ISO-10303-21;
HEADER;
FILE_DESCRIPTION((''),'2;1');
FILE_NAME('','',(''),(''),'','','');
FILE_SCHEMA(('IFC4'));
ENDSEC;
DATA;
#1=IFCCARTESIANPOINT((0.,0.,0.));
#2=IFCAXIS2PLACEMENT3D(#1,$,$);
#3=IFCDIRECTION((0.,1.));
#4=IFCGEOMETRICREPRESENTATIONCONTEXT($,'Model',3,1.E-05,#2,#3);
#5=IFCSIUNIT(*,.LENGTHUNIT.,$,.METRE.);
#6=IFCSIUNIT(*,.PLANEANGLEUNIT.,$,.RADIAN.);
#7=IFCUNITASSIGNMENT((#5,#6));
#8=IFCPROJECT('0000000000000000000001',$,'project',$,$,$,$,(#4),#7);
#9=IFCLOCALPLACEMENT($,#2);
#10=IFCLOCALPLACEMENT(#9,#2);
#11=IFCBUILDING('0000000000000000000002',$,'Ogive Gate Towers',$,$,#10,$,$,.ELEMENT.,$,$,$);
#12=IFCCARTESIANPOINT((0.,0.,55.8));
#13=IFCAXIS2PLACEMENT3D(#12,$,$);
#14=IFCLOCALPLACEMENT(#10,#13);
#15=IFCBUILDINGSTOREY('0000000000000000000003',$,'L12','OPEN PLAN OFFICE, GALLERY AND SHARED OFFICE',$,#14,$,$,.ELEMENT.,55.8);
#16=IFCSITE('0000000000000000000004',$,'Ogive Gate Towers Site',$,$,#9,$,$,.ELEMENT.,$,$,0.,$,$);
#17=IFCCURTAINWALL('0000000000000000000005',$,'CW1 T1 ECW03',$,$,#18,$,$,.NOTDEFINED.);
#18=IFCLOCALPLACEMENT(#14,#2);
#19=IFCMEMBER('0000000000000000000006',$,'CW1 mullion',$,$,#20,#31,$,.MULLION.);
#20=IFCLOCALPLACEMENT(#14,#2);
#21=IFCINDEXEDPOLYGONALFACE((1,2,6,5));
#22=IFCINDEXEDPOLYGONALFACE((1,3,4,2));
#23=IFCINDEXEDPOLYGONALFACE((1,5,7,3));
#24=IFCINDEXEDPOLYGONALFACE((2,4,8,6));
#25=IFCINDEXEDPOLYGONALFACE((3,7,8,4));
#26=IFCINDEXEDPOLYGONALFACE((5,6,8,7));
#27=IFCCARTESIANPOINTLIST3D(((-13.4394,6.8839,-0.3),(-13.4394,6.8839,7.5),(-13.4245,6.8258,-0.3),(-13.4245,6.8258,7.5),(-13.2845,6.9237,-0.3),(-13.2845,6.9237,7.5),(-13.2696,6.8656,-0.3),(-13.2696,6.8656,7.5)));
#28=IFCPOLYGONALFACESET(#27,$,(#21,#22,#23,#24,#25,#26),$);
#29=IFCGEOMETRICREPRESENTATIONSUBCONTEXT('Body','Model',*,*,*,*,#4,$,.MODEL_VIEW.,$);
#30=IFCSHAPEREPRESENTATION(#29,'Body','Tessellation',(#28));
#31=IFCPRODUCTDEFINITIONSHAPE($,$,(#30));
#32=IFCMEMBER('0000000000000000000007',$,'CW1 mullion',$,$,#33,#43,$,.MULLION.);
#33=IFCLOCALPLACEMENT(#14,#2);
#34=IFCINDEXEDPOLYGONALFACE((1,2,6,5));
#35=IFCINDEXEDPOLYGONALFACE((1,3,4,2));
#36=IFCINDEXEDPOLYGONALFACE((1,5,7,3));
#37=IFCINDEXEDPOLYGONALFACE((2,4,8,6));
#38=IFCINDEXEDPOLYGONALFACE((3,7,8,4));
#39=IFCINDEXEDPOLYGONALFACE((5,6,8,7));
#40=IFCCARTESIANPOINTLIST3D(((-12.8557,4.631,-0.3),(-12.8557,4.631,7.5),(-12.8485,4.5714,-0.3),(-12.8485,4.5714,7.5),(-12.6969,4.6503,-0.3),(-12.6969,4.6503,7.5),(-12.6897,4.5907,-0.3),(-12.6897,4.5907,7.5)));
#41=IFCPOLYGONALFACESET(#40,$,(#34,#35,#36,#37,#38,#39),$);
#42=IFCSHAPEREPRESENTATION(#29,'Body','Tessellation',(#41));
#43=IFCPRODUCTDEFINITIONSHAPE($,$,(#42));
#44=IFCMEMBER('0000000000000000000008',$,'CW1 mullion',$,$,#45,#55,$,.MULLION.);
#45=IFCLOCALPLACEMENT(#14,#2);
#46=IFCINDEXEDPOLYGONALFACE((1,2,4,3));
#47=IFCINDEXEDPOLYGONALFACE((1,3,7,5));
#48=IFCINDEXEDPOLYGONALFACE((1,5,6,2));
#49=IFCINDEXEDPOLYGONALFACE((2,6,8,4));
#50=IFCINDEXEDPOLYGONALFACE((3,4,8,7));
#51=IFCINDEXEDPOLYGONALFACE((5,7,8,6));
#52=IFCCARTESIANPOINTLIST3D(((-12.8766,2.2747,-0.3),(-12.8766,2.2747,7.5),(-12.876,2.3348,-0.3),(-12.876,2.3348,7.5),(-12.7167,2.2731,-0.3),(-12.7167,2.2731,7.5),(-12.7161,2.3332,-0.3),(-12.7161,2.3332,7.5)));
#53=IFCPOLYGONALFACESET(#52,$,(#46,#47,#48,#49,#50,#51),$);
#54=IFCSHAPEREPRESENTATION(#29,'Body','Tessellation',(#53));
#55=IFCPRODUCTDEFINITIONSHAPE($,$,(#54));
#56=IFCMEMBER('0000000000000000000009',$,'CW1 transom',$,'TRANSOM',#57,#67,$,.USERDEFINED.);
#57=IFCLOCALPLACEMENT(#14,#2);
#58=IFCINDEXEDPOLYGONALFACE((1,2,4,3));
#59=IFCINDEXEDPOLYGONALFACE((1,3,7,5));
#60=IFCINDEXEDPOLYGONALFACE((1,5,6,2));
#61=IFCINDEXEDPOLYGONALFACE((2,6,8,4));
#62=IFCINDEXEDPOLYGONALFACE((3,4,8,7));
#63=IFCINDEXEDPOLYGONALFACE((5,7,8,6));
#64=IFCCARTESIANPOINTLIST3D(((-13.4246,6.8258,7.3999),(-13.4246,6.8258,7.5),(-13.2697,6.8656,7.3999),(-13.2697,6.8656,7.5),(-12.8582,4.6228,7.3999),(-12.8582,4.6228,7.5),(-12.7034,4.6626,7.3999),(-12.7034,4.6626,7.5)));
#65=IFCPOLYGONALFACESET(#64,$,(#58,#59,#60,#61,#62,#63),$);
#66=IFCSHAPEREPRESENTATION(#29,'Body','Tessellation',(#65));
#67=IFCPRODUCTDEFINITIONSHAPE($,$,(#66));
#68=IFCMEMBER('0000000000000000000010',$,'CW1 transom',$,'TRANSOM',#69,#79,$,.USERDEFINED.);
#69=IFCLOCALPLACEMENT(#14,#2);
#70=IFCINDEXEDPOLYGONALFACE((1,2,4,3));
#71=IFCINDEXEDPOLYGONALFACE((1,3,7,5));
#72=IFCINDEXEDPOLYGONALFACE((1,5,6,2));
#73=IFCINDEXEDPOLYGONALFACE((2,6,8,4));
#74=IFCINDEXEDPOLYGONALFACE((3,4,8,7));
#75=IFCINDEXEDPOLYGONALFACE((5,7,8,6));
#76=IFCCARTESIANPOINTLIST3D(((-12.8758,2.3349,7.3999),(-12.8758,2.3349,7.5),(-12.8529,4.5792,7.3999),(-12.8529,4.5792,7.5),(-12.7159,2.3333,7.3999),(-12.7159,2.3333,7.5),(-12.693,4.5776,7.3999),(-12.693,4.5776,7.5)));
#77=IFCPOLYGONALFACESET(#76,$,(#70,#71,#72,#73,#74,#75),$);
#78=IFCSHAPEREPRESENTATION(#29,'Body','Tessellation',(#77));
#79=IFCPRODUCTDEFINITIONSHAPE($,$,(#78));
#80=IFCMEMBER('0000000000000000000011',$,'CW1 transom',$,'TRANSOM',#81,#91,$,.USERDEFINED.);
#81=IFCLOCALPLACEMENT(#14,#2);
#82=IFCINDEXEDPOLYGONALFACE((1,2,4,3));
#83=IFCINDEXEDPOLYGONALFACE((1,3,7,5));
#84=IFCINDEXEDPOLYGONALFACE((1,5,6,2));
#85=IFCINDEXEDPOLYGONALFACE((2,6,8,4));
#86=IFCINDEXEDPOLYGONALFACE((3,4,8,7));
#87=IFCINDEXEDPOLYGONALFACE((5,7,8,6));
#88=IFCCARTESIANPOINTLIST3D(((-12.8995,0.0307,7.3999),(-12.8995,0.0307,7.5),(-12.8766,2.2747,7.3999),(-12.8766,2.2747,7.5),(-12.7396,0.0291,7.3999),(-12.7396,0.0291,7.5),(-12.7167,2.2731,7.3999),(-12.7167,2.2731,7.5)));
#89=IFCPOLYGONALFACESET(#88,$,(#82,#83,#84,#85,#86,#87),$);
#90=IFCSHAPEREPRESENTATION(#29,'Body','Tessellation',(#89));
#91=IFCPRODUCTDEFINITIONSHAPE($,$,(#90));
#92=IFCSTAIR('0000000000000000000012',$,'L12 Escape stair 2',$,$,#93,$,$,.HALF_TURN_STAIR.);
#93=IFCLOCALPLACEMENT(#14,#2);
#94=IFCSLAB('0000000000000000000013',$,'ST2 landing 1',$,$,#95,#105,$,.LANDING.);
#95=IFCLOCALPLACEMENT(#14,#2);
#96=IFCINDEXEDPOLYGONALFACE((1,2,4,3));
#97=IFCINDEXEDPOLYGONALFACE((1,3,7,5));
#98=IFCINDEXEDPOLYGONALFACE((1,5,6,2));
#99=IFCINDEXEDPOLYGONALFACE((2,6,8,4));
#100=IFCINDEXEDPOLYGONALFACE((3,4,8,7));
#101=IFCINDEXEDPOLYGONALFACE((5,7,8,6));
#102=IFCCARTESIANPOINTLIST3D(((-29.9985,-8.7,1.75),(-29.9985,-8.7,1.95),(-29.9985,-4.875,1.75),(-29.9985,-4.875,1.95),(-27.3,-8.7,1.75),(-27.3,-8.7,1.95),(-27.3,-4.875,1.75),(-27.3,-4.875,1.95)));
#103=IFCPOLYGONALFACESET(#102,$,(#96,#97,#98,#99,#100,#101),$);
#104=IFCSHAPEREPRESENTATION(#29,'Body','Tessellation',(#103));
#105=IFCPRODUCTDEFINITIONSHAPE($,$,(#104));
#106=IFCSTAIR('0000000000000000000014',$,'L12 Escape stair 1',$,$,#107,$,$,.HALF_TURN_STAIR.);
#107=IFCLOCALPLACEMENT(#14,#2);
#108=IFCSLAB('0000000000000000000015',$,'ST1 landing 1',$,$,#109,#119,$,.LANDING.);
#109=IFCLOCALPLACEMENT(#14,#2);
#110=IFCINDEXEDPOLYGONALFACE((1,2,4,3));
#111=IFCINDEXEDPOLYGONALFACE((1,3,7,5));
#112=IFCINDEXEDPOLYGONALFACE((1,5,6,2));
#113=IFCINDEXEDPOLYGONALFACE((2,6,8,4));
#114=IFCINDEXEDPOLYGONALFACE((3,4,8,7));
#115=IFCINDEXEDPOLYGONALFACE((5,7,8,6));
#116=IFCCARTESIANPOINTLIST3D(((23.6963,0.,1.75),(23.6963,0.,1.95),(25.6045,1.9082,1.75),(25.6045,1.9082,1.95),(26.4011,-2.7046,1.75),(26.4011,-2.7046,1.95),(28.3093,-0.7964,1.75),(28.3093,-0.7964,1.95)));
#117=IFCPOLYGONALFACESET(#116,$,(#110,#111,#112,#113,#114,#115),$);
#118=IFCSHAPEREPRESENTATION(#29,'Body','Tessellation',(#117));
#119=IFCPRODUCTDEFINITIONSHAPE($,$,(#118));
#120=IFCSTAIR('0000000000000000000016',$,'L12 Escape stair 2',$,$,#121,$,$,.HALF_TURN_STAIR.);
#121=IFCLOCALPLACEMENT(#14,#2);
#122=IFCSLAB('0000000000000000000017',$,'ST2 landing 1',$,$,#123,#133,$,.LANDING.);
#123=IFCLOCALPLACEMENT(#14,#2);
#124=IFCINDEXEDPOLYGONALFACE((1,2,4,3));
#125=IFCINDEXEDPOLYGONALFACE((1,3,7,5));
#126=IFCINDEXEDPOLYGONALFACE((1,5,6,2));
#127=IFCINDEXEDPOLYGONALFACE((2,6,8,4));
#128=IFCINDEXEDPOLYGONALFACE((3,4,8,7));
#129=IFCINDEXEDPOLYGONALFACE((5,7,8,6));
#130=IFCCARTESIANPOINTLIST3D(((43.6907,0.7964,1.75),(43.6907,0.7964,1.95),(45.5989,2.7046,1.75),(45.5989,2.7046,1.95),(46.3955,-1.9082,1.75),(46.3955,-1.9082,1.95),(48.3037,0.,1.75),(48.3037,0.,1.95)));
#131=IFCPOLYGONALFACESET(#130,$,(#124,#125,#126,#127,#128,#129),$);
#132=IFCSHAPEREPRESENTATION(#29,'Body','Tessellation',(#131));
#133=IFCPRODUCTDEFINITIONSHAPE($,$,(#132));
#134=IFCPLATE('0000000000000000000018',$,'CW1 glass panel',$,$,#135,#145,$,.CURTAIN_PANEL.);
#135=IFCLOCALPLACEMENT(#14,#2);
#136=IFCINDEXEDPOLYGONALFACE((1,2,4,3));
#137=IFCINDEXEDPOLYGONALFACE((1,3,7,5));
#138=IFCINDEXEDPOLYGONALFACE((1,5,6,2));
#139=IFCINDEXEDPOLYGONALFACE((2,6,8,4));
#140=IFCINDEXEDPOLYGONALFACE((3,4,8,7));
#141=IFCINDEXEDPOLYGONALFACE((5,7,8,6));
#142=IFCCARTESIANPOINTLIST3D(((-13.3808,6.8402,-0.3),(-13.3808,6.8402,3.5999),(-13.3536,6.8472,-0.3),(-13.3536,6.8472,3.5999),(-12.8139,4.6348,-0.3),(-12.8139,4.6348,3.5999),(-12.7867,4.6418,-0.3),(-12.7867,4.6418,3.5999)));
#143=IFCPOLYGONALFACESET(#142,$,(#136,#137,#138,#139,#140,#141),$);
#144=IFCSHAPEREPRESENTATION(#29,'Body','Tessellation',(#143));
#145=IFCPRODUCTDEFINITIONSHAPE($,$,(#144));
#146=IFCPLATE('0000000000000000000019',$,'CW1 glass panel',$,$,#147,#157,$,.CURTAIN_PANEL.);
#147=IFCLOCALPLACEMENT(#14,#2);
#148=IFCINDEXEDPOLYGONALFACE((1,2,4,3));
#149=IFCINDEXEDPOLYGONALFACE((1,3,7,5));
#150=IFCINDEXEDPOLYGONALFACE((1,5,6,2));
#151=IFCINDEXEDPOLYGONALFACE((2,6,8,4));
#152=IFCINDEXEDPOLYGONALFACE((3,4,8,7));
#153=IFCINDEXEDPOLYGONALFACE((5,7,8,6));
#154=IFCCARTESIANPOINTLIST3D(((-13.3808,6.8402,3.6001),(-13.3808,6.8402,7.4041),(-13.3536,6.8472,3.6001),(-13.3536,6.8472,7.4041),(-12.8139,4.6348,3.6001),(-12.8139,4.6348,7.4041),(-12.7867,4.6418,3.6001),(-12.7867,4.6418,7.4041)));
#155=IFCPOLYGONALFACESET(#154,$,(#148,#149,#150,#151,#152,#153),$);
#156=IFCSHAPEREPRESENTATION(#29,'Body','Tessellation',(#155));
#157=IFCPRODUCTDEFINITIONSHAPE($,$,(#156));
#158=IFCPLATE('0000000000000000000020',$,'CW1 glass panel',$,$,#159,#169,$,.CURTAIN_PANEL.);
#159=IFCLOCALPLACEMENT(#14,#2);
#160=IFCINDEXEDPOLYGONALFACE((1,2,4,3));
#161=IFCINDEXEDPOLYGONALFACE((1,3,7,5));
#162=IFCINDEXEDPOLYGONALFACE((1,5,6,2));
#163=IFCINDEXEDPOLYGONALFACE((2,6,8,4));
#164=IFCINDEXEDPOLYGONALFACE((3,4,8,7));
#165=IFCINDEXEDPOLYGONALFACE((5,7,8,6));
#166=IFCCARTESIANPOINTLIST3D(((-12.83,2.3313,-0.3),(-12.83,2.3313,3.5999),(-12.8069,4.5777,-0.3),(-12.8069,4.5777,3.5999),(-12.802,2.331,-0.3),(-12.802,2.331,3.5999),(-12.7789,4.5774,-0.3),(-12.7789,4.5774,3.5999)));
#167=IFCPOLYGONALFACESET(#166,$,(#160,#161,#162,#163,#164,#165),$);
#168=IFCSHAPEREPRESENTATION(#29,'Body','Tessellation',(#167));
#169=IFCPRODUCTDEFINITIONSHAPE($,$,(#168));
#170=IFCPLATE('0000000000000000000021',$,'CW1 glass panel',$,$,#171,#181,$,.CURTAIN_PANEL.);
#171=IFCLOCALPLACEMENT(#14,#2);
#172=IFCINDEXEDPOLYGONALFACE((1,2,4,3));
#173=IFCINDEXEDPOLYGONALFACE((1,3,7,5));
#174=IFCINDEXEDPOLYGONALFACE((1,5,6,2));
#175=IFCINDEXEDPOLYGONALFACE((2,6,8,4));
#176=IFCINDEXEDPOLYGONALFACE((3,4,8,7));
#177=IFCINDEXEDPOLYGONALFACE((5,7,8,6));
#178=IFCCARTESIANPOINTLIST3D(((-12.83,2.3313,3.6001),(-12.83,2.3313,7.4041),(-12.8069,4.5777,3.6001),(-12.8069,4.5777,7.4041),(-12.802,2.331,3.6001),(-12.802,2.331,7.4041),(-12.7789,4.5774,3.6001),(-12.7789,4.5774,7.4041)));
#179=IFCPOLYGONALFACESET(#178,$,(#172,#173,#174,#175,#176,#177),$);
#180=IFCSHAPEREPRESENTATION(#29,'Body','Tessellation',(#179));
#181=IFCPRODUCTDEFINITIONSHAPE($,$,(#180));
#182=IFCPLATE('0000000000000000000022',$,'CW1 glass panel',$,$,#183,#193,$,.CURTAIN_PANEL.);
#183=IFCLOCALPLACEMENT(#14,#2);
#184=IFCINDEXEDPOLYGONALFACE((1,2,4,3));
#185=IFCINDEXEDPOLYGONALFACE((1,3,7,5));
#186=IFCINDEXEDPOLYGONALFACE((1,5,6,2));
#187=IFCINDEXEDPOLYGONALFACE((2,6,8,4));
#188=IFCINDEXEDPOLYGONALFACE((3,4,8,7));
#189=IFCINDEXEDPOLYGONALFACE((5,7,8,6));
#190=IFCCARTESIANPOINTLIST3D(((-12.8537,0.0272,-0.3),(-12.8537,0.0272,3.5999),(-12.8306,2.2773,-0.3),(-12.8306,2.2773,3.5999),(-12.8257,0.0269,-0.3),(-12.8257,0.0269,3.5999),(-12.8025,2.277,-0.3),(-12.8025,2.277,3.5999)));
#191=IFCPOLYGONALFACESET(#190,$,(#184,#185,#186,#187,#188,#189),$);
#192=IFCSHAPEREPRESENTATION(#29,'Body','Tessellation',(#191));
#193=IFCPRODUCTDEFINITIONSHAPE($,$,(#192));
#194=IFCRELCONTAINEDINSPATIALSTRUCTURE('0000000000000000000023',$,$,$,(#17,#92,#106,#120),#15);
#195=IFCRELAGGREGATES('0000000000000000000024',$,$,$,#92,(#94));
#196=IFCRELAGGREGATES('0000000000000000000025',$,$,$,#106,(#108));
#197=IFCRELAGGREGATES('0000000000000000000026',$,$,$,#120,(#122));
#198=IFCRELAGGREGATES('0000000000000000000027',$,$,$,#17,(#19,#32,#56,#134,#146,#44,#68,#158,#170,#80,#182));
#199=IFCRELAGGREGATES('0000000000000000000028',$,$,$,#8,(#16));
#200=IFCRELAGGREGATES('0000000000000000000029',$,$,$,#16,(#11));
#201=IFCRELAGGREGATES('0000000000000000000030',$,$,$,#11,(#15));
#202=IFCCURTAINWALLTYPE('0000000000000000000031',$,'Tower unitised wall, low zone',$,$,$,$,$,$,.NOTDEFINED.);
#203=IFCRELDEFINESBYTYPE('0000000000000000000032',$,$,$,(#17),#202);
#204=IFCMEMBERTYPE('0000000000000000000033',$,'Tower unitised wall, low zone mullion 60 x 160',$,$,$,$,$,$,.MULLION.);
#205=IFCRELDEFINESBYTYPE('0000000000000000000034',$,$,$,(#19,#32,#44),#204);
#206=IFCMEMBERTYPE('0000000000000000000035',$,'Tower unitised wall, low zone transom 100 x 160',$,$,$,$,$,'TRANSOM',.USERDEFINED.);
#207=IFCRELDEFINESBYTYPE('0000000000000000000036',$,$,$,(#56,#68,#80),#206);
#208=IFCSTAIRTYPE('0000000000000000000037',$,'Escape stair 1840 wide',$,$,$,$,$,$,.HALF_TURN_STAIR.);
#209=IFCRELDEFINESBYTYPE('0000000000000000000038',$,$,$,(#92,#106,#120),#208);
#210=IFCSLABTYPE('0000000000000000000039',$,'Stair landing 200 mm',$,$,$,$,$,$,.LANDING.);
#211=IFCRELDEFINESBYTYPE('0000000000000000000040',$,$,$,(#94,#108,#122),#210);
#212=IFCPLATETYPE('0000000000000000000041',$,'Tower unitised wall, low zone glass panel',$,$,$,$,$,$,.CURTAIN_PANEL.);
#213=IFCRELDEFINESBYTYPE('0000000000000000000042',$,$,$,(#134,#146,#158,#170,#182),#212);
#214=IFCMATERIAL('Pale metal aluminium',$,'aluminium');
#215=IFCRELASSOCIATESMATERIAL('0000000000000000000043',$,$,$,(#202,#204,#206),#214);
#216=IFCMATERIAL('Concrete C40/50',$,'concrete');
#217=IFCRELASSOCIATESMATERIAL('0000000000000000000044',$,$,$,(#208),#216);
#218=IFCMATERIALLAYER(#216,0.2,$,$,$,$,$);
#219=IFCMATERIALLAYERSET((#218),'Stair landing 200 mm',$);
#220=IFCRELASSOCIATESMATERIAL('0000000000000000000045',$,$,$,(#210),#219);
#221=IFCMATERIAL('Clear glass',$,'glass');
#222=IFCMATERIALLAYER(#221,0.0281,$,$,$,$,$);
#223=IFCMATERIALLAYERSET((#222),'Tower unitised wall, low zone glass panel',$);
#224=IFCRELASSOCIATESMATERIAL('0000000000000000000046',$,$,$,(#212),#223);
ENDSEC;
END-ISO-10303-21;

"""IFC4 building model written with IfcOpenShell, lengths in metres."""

from ifc_helpers import new_model, si_unit, direction, frame, origin, origin_2d, place, context, subcontext, project, spatial, polyline, rectangle, outline, extrude, material, layer, layer_set, material_profile, profile_set, type_object, element, aggregate, save


model = new_model("IFC4")

# Units and contexts
model_context = context("Model", 3, precision=1e-05, world=origin(), true_north=direction((0.0, 1.0)))
body_context = subcontext(model_context, "Body", "Model", "MODEL_VIEW")
ifc_project = project(units=[si_unit("LENGTHUNIT", "METRE"), si_unit("PLANEANGLEUNIT", "RADIAN")], contexts=[model_context])

# Site, building, storey
site_placement = place(None, origin())
site = spatial("IfcSite", under=ifc_project, at=site_placement, Name="Ogive Gate Towers Site", CompositionType="ELEMENT", RefElevation=0.0)
building_placement = place(site_placement, origin())
building = spatial("IfcBuilding", under=site, at=building_placement, Name="Ogive Gate Towers", CompositionType="ELEMENT")
storey_placement = place(building_placement, frame((0.0, 0.0, 55.8)))
storey = spatial("IfcBuildingStorey", under=building, at=storey_placement, Name="L12", Description="OPEN PLAN OFFICE, GALLERY AND SHARED OFFICE", CompositionType="ELEMENT", Elevation=55.8)

# Curtain wall, members
ifc_material_1 = material(Name="Pale metal aluminium", Category="aluminium")
curtain_wall_type = type_object("IfcCurtainWallType", Name="Tower unitised wall, low zone", PredefinedType="NOTDEFINED", material=ifc_material_1)
curtain_wall_placement = place(storey_placement, origin())
curtain_wall = element("IfcCurtainWall", 1, at=curtain_wall_placement, inside=storey, type_object=curtain_wall_type, Name="CW1 T1 ECW03", PredefinedType="NOTDEFINED")
ifc_material_profile_1 = material_profile(ifc_material_1, rectangle(XDim=0.1599, YDim=0.0601, at=origin_2d()), Name="60 x 160 aluminium box")
ifc_profile_set_1 = profile_set([ifc_material_profile_1], Name="Pale metal aluminium")
member_type_1 = type_object("IfcMemberType", Name="Tower unitised wall, low zone mullion 60 x 160", PredefinedType="MULLION", material=ifc_profile_set_1)
member_1_placement = place(storey_placement, frame((-13.3545, 6.8748, -0.3), z_axis=(0.0, 0.0, 1.0), x_axis=(-0.968509, -0.248977, 0.0)))
member_1 = element("IfcMember", 2, at=member_1_placement, type_object=member_type_1, Name="CW1 mullion", PredefinedType="MULLION", context=body_context, shape_type="SweptSolid", body=[
    extrude(rectangle(XDim=0.1599, YDim=0.0601, at=origin_2d()), origin(), (0.0, 0.0, 1.0), 7.8),
])
member_2_placement = place(storey_placement, frame((-12.7727, 4.6108, -0.3), z_axis=(0.0, 0.0, 1.0), x_axis=(-0.992728, -0.120379, 0.0)))
member_2 = element("IfcMember", 3, at=member_2_placement, type_object=member_type_1, Name="CW1 mullion", PredefinedType="MULLION", context=body_context, shape_type="SweptSolid", body=[
    extrude(rectangle(XDim=0.1599, YDim=0.0601, at=origin_2d()), origin(), (0.0, 0.0, 1.0), 7.8),
])
member_3_placement = place(storey_placement, frame((-12.7964, 2.304, -0.3), z_axis=(0.0, 0.0, 1.0), x_axis=(-0.999947, 0.01028, 0.0)))
member_3 = element("IfcMember", 4, at=member_3_placement, type_object=member_type_1, Name="CW1 mullion", PredefinedType="MULLION", context=body_context, shape_type="SweptSolid", body=[
    extrude(rectangle(XDim=0.1599, YDim=0.0601, at=origin_2d()), origin(), (0.0, 0.0, 1.0), 7.8),
])
ifc_material_profile_2 = material_profile(ifc_material_1, rectangle(XDim=0.1599, YDim=0.1001, at=origin_2d()), Name="100 x 160 aluminium box")
ifc_profile_set_2 = profile_set([ifc_material_profile_2], Name="Pale metal aluminium")
member_type_2 = type_object("IfcMemberType", Name="Tower unitised wall, low zone transom 100 x 160", ElementType="TRANSOM", PredefinedType="USERDEFINED", material=ifc_profile_set_2)
member_4_placement = place(storey_placement, frame((-13.3472, 6.8457, 7.45), z_axis=(0.248995, -0.968505, 0.0), x_axis=(0.968505, 0.248995, 0.0)))
member_4 = element("IfcMember", 5, at=member_4_placement, type_object=member_type_2, Name="CW1 transom", ObjectType="TRANSOM", PredefinedType="USERDEFINED", context=body_context, shape_type="SweptSolid", body=[
    extrude(rectangle(XDim=0.1599, YDim=0.1001, at=origin_2d()), origin(), (0.0, 0.0, 1.0), 2.2747),
])
member_5_placement = place(storey_placement, frame((-12.7729, 4.5784, 7.45), z_axis=(-0.010225, -0.999948, 0.0), x_axis=(0.999948, -0.010225, 0.0)))
member_5 = element("IfcMember", 6, at=member_5_placement, type_object=member_type_2, Name="CW1 transom", ObjectType="TRANSOM", PredefinedType="USERDEFINED", context=body_context, shape_type="SweptSolid", body=[
    extrude(rectangle(XDim=0.1599, YDim=0.1001, at=origin_2d()), origin(), (0.0, 0.0, 1.0), 2.2444),
])
member_6_placement = place(storey_placement, frame((-12.7966, 2.2739, 7.45), z_axis=(-0.010226, -0.999948, 0.0), x_axis=(0.999948, -0.010226, 0.0)))
member_6 = element("IfcMember", 7, at=member_6_placement, type_object=member_type_2, Name="CW1 transom", ObjectType="TRANSOM", PredefinedType="USERDEFINED", context=body_context, shape_type="SweptSolid", body=[
    extrude(rectangle(XDim=0.1599, YDim=0.1001, at=origin_2d()), origin(), (0.0, 0.0, 1.0), 2.2441),
])

# Stairs, slabs
ifc_material_2 = material(Name="Concrete C40/50", Category="concrete")
stair_type = type_object("IfcStairType", Name="Escape stair 1840 wide", PredefinedType="HALF_TURN_STAIR", material=ifc_material_2)
stair_1_placement = place(storey_placement, origin())
stair_1 = element("IfcStair", 8, at=stair_1_placement, inside=storey, type_object=stair_type, Name="L12 Escape stair 2", PredefinedType="HALF_TURN_STAIR")
ifc_layer_1 = layer(ifc_material_2, 0.2)
ifc_layer_set_1 = layer_set([ifc_layer_1], Name="Stair landing 200 mm")
slab_type = type_object("IfcSlabType", Name="Stair landing 200 mm", PredefinedType="LANDING", material=ifc_layer_set_1)
slab_1_placement = place(storey_placement, frame((0.0, 0.0, 1.75)))
slab_1 = element("IfcSlab", 9, at=slab_1_placement, type_object=slab_type, Name="ST2 landing 1", PredefinedType="LANDING", context=body_context, shape_type="SweptSolid", body=[
    extrude(outline(polyline([(-29.9985, -8.7), (-27.3, -8.7), (-27.3, -4.875), (-29.9985, -4.875), (-29.9985, -8.7)])), origin(), (0.0, 0.0, 1.0), 0.2),
])
aggregate(stair_1, [slab_1])
stair_2_placement = place(storey_placement, origin())
stair_2 = element("IfcStair", 10, at=stair_2_placement, inside=storey, type_object=stair_type, Name="L12 Escape stair 1", PredefinedType="HALF_TURN_STAIR")
slab_2_placement = place(storey_placement, frame((0.0, 0.0, 1.75)))
slab_2 = element("IfcSlab", 11, at=slab_2_placement, type_object=slab_type, Name="ST1 landing 1", PredefinedType="LANDING", context=body_context, shape_type="SweptSolid", body=[
    extrude(outline(polyline([(25.6045, 1.9082), (23.6963, 0.0), (26.4011, -2.7046), (28.3093, -0.7964), (25.6045, 1.9082)])), origin(), (0.0, 0.0, 1.0), 0.2),
])
aggregate(stair_2, [slab_2])
stair_3_placement = place(storey_placement, origin())
stair_3 = element("IfcStair", 12, at=stair_3_placement, inside=storey, type_object=stair_type, Name="L12 Escape stair 2", PredefinedType="HALF_TURN_STAIR")
slab_3_placement = place(storey_placement, frame((0.0, 0.0, 1.75)))
slab_3 = element("IfcSlab", 13, at=slab_3_placement, type_object=slab_type, Name="ST2 landing 1", PredefinedType="LANDING", context=body_context, shape_type="SweptSolid", body=[
    extrude(outline(polyline([(46.3955, -1.9082), (48.3037, 0.0), (45.5989, 2.7046), (43.6907, 0.7964), (46.3955, -1.9082)])), origin(), (0.0, 0.0, 1.0), 0.2),
])
aggregate(stair_3, [slab_3])

# Plates
ifc_material_3 = material(Name="Clear glass", Category="glass")
ifc_layer_2 = layer(ifc_material_3, 0.0281)
ifc_layer_set_2 = layer_set([ifc_layer_2], Name="Tower unitised wall, low zone glass panel")
plate_type = type_object("IfcPlateType", Name="Tower unitised wall, low zone glass panel", PredefinedType="CURTAIN_PANEL", material=ifc_layer_set_2)
plate_1_placement = place(storey_placement, frame((-13.0837, 5.741, -0.3), z_axis=(0.0, 0.0, 1.0), x_axis=(0.248977, -0.968509, 0.0)))
plate_1 = element("IfcPlate", 14, at=plate_1_placement, type_object=plate_type, Name="CW1 glass panel", PredefinedType="CURTAIN_PANEL", context=body_context, shape_type="SweptSolid", body=[
    extrude(rectangle(XDim=2.2771, YDim=0.0281, at=origin_2d()), origin(), (0.0, 0.0, 1.0), 3.8999),
])
plate_2_placement = place(storey_placement, frame((-13.0837, 5.741, 3.6001), z_axis=(0.0, 0.0, 1.0), x_axis=(0.248977, -0.968509, 0.0)))
plate_2 = element("IfcPlate", 15, at=plate_2_placement, type_object=plate_type, Name="CW1 glass panel", PredefinedType="CURTAIN_PANEL", context=body_context, shape_type="SweptSolid", body=[
    extrude(rectangle(XDim=2.2771, YDim=0.0281, at=origin_2d()), origin(), (0.0, 0.0, 1.0), 3.804),
])
plate_3_placement = place(storey_placement, frame((-12.8044, 3.4543, -0.3), z_axis=(0.0, 0.0, 1.0), x_axis=(-0.01028, -0.999947, 0.0)))
plate_3 = element("IfcPlate", 16, at=plate_3_placement, type_object=plate_type, Name="CW1 glass panel", PredefinedType="CURTAIN_PANEL", context=body_context, shape_type="SweptSolid", body=[
    extrude(rectangle(XDim=2.2466, YDim=0.0281, at=origin_2d()), origin(), (0.0, 0.0, 1.0), 3.8999),
])
plate_4_placement = place(storey_placement, frame((-12.8044, 3.4543, 3.6001), z_axis=(0.0, 0.0, 1.0), x_axis=(-0.01028, -0.999947, 0.0)))
plate_4 = element("IfcPlate", 17, at=plate_4_placement, type_object=plate_type, Name="CW1 glass panel", PredefinedType="CURTAIN_PANEL", context=body_context, shape_type="SweptSolid", body=[
    extrude(rectangle(XDim=2.2466, YDim=0.0281, at=origin_2d()), origin(), (0.0, 0.0, 1.0), 3.804),
])
plate_5_placement = place(storey_placement, frame((-12.8281, 1.1521, -0.3), z_axis=(0.0, 0.0, 1.0), x_axis=(-0.01028, -0.999947, 0.0)))
plate_5 = element("IfcPlate", 18, at=plate_5_placement, type_object=plate_type, Name="CW1 glass panel", PredefinedType="CURTAIN_PANEL", context=body_context, shape_type="SweptSolid", body=[
    extrude(rectangle(XDim=2.2502, YDim=0.0281, at=origin_2d()), origin(), (0.0, 0.0, 1.0), 3.8999),
])
aggregate(curtain_wall, [member_1, member_2, member_4, plate_1, plate_2, member_3, member_5, plate_3, plate_4, member_6, plate_5])

save(model, "model.ifc")
